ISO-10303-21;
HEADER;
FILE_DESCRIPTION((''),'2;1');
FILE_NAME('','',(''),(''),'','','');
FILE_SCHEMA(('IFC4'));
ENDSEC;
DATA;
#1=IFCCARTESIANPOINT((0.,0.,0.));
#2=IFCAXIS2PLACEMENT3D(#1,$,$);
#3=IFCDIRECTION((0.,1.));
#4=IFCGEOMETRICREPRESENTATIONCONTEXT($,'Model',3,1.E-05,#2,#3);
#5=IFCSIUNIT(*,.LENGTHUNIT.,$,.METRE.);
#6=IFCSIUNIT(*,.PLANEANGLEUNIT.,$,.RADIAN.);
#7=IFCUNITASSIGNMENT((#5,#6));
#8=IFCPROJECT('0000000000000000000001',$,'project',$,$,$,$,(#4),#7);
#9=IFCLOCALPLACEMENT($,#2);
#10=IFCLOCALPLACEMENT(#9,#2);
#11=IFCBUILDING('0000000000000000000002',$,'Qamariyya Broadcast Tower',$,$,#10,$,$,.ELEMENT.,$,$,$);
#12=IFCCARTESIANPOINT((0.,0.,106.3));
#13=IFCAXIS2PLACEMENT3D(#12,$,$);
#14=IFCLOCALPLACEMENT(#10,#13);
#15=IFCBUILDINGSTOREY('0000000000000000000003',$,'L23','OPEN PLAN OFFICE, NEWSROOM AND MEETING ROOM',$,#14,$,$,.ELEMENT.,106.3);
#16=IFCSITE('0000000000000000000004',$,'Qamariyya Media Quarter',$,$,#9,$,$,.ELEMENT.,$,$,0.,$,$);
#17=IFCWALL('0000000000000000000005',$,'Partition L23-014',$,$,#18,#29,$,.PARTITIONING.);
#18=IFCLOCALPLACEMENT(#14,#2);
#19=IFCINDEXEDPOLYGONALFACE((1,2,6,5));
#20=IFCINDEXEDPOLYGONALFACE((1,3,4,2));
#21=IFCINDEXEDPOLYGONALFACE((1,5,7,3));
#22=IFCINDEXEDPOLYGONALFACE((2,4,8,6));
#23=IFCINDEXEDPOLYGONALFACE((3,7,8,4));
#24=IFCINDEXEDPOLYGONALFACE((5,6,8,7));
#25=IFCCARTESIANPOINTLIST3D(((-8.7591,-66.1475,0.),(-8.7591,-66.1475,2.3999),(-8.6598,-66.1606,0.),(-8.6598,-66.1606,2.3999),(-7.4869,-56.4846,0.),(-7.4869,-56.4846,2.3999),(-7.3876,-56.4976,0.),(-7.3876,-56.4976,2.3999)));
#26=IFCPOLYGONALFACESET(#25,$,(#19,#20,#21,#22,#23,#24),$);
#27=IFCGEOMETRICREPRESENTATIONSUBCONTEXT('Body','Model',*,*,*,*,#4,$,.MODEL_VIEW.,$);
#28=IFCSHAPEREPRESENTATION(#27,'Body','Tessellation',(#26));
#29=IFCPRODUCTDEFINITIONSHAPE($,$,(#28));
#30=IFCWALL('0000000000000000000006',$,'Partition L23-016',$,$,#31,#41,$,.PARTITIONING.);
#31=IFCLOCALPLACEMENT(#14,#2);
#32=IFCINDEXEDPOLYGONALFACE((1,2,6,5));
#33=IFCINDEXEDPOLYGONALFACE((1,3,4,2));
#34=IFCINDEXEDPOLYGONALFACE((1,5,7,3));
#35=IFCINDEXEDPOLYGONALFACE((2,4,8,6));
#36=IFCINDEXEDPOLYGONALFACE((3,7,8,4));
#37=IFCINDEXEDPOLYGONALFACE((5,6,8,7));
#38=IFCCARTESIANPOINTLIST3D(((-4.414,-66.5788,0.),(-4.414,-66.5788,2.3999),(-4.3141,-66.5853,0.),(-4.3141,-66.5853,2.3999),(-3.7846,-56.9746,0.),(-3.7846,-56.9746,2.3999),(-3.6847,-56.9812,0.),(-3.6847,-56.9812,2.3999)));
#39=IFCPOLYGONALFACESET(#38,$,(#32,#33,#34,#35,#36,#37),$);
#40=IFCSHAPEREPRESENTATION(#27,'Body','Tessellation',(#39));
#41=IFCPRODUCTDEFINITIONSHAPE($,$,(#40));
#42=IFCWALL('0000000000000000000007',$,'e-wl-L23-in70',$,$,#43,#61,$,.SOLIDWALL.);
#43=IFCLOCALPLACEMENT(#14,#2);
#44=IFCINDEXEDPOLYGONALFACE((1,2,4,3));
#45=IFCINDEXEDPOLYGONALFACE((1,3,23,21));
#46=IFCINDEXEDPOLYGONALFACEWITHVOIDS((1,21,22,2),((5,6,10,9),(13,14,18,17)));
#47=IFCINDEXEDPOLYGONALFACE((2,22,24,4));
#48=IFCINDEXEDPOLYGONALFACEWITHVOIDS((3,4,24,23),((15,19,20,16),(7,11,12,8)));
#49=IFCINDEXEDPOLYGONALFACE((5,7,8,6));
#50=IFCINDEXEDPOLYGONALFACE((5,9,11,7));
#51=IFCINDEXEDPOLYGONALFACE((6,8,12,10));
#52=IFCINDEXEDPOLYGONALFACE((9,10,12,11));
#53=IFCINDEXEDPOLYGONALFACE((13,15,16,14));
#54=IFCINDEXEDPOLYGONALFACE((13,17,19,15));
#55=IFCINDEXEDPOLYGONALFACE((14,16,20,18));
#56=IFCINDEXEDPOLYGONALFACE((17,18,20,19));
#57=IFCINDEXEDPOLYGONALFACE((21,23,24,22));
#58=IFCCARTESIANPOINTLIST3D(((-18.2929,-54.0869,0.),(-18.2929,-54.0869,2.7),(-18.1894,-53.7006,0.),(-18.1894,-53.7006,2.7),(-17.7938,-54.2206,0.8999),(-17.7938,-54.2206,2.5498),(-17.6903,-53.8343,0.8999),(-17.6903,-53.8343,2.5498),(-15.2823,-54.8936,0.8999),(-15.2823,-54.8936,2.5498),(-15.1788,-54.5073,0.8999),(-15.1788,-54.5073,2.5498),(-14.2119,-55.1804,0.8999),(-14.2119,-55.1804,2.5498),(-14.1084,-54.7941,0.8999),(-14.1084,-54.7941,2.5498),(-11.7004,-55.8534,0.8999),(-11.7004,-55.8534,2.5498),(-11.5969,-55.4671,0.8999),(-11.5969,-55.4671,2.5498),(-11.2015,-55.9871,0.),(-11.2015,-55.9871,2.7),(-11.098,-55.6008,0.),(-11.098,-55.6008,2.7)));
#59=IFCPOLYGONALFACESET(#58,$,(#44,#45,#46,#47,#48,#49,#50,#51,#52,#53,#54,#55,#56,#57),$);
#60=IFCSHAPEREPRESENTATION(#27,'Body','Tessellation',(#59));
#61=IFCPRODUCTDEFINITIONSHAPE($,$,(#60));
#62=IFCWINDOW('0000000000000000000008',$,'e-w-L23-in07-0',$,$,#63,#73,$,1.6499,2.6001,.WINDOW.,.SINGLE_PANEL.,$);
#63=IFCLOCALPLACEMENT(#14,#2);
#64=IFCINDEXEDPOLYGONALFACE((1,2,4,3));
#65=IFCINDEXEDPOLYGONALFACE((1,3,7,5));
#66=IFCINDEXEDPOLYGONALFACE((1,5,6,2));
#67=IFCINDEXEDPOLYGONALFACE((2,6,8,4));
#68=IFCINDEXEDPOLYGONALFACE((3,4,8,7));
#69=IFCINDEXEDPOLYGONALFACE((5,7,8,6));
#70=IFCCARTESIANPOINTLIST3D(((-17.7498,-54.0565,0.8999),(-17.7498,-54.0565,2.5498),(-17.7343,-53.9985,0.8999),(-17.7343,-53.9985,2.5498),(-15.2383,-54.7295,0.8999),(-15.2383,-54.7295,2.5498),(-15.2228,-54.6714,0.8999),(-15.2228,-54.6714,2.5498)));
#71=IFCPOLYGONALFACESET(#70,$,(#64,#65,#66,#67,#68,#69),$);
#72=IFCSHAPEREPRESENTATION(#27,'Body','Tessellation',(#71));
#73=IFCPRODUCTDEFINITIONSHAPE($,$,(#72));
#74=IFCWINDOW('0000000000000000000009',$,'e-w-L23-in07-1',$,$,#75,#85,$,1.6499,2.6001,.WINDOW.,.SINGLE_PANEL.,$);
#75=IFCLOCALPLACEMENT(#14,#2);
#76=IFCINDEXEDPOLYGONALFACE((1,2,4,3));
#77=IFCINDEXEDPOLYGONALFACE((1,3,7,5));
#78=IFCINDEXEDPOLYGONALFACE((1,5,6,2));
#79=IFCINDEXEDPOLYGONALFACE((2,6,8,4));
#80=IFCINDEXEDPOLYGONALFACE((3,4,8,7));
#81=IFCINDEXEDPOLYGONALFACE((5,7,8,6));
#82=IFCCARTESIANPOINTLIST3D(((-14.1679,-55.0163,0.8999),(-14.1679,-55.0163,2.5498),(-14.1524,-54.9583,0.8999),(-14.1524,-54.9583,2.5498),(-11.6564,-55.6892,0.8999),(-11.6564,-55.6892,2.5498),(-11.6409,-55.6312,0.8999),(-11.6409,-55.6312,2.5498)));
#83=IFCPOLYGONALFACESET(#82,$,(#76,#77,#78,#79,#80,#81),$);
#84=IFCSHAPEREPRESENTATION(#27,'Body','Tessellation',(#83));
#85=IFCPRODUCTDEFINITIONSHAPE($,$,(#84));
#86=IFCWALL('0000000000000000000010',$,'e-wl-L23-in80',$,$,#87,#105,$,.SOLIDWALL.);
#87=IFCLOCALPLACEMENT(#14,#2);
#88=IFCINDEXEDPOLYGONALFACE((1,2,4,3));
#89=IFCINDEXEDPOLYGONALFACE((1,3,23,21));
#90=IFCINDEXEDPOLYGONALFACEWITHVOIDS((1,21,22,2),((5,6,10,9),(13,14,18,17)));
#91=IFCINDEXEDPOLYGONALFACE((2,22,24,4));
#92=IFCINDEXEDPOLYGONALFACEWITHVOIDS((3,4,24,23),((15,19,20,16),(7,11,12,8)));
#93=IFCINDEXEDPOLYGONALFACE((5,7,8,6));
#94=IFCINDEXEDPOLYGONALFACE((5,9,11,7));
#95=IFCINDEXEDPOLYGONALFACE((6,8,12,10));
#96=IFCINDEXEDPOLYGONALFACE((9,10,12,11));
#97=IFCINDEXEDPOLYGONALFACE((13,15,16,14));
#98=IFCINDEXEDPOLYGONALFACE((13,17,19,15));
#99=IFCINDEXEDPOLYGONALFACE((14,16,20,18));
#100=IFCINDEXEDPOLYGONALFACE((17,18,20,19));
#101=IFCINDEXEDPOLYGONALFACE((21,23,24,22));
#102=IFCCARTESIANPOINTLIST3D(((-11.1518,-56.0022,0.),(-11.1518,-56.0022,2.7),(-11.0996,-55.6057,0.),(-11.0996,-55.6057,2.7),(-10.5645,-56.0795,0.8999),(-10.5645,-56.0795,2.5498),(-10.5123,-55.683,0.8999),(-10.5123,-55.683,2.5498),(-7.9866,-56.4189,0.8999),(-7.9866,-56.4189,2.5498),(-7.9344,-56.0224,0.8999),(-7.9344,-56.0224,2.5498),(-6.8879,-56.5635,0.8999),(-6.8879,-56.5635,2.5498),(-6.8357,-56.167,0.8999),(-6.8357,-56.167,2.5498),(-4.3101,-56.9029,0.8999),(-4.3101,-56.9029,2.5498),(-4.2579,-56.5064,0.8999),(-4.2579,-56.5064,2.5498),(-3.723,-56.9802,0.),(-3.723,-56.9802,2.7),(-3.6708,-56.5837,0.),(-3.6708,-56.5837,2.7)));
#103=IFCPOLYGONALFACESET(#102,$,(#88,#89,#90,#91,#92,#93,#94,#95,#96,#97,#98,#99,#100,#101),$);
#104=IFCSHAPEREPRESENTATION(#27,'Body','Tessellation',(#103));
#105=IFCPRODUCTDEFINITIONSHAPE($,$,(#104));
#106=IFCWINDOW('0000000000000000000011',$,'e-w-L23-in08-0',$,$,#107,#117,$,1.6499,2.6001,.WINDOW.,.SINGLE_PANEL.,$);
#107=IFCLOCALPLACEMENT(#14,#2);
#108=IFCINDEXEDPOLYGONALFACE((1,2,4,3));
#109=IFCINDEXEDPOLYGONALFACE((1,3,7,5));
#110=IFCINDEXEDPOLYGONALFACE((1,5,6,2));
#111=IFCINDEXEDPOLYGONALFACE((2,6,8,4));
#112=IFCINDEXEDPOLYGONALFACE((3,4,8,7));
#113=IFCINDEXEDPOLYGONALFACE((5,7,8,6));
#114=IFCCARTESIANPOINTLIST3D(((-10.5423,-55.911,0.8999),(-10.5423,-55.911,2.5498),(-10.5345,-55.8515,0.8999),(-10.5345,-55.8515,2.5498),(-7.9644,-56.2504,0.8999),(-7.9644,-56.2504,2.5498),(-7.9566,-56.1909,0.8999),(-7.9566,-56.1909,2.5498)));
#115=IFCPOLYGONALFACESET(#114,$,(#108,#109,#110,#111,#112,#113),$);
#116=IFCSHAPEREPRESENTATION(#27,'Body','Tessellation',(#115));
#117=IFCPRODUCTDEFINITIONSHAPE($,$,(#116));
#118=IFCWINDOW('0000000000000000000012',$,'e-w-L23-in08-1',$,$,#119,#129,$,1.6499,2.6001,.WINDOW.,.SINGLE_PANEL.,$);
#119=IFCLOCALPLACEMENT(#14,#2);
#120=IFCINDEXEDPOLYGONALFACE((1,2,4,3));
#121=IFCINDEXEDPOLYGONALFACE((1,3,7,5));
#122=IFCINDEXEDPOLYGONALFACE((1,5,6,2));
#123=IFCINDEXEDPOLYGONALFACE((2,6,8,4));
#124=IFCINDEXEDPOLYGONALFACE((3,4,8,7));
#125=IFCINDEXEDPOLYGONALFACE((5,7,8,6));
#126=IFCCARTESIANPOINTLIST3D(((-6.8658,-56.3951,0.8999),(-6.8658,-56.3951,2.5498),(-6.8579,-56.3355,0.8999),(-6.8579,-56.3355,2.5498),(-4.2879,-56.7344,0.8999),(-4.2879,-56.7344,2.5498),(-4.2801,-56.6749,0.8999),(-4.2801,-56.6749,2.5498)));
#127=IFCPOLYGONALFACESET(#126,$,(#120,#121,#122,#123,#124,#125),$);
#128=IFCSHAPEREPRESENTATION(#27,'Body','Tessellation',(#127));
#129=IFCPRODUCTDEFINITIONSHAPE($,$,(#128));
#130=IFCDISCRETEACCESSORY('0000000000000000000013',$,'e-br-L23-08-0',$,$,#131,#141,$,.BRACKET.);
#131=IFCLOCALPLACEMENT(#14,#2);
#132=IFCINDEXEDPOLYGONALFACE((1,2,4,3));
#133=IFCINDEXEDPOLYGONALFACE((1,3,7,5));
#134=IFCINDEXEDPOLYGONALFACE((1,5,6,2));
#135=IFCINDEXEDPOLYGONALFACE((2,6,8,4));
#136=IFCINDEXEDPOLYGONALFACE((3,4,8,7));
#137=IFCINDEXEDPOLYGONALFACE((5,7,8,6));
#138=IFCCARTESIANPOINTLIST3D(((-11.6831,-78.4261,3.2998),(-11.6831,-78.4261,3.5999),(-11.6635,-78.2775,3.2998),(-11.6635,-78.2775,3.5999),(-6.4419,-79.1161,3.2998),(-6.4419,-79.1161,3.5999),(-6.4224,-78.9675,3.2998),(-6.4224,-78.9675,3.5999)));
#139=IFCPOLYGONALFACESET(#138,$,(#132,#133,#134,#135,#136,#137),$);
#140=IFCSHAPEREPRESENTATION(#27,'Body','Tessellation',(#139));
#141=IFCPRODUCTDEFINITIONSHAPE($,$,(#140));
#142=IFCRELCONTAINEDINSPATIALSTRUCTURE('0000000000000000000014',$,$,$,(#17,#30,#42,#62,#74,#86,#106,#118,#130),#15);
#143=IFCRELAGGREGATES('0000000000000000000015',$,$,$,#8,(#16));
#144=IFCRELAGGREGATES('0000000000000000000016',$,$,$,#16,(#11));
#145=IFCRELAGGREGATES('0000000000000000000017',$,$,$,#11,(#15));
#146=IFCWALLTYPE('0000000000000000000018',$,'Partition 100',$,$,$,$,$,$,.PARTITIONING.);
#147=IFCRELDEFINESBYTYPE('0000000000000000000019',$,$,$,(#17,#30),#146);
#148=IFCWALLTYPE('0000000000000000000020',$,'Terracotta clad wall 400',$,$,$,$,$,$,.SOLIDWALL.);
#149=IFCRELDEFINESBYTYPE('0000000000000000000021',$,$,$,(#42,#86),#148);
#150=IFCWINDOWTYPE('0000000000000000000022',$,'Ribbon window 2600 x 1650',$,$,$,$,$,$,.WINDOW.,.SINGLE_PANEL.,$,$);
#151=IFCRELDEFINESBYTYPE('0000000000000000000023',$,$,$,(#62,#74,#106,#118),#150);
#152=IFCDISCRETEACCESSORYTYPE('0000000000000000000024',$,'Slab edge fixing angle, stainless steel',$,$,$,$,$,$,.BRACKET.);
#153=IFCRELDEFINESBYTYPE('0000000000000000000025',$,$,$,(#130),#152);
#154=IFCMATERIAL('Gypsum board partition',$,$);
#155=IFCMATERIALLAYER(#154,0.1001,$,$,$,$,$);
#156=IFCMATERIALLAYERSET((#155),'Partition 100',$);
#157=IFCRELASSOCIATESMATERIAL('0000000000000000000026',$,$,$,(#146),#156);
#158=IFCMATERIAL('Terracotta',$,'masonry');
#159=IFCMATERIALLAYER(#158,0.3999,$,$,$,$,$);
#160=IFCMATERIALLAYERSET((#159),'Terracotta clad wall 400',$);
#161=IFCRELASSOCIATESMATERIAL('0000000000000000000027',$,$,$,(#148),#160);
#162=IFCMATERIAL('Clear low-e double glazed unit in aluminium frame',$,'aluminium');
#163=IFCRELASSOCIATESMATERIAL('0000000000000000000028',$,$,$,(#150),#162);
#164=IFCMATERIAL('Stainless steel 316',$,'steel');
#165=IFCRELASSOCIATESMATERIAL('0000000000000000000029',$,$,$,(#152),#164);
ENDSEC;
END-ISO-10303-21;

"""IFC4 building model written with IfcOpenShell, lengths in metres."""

from ifc_helpers import new_model, si_unit, direction, frame, frame_2d, origin, origin_2d, place, context, subcontext, project, spatial, rectangle, extrude, material, layer, layer_set, type_object, element, fill, save


model = new_model("IFC4")

# Units and contexts
model_context = context("Model", 3, precision=1e-05, world=origin(), true_north=direction((0.0, 1.0)))
body_context = subcontext(model_context, "Body", "Model", "MODEL_VIEW")
ifc_project = project(units=[si_unit("LENGTHUNIT", "METRE"), si_unit("PLANEANGLEUNIT", "RADIAN")], contexts=[model_context])

# Site, building, storey
site_placement = place(None, origin())
site = spatial("IfcSite", under=ifc_project, at=site_placement, Name="Qamariyya Media Quarter", CompositionType="ELEMENT", RefElevation=0.0)
building_placement = place(site_placement, origin())
building = spatial("IfcBuilding", under=site, at=building_placement, Name="Qamariyya Broadcast Tower", CompositionType="ELEMENT")
storey_placement = place(building_placement, frame((0.0, 0.0, 106.3)))
storey = spatial("IfcBuildingStorey", under=building, at=storey_placement, Name="L23", Description="OPEN PLAN OFFICE, NEWSROOM AND MEETING ROOM", CompositionType="ELEMENT", Elevation=106.3)

# Shared definitions
ifc_material_1 = material(Name="Gypsum board partition")

# Walls
ifc_layer_1 = layer(ifc_material_1, 0.1001)
ifc_layer_set_1 = layer_set([ifc_layer_1], Name="Partition 100")
wall_type_1 = type_object("IfcWallType", Name="Partition 100", PredefinedType="PARTITIONING", material=ifc_layer_set_1)
wall_1_placement = place(storey_placement, frame((-7.4373, -56.4912, 0.0), z_axis=(0.0, 0.0, 1.0), x_axis=(-0.130534, -0.991444, 0.0)))
element("IfcWall", 1, at=wall_1_placement, inside=storey, type_object=wall_type_1, Name="Partition L23-014", PredefinedType="PARTITIONING", context=body_context, shape_type="SweptSolid", body=[
    extrude(rectangle(XDim=9.7463, YDim=0.1001, at=frame_2d((4.873, 0.0))), origin(), (0.0, 0.0, 1.0), 2.3999),
])
wall_2_placement = place(storey_placement, frame((-3.7346, -56.9778, 0.0), z_axis=(0.0, 0.0, 1.0), x_axis=(-0.065393, -0.99786, 0.0)))
element("IfcWall", 2, at=wall_2_placement, inside=storey, type_object=wall_type_1, Name="Partition L23-016", PredefinedType="PARTITIONING", context=body_context, shape_type="SweptSolid", body=[
    extrude(rectangle(XDim=9.6248, YDim=0.1001, at=frame_2d((4.8125, 0.0))), origin(), (0.0, 0.0, 1.0), 2.3999),
])

# Walls, openings, windows
ifc_material_2 = material(Name="Terracotta", Category="masonry")
ifc_layer_2 = layer(ifc_material_2, 0.3999)
ifc_layer_set_2 = layer_set([ifc_layer_2], Name="Terracotta clad wall 400")
wall_type_2 = type_object("IfcWallType", Name="Terracotta clad wall 400", PredefinedType="SOLIDWALL", material=ifc_layer_set_2)
wall_3_placement = place(storey_placement, frame((-11.1497, -55.7939, 0.0), z_axis=(0.0, 0.0, 1.0), x_axis=(-0.965925, 0.258824, 0.0)))
wall_3 = element("IfcWall", 3, at=wall_3_placement, inside=storey, type_object=wall_type_2, Name="e-wl-L23-in70", PredefinedType="SOLIDWALL", context=body_context, shape_type="SweptSolid", body=[
    extrude(rectangle(XDim=7.3416, YDim=0.3999, at=frame_2d((3.6709, 0.0))), origin(), (0.0, 0.0, 1.0), 2.7),
])
opening_1_placement = place(wall_3_placement, frame((4.2249, 0.0, 0.8999)))
opening_1 = element("IfcOpeningElement", 4, at=opening_1_placement, cuts=wall_3, PredefinedType="OPENING", context=body_context, shape_type="SweptSolid", body=[
    extrude(rectangle(XDim=2.6001, YDim=1.6499, at=frame_2d((1.3, 0.825))), frame((0.0, 0.21, 0.0), z_axis=(0.0, -1.0, 0.0), x_axis=(1.0, 0.0, 0.0)), (0.0, 0.0, 1.0), 0.4199),
])
opening_2_placement = place(wall_3_placement, frame((0.5166, 0.0, 0.8999)))
opening_2 = element("IfcOpeningElement", 5, at=opening_2_placement, cuts=wall_3, PredefinedType="OPENING", context=body_context, shape_type="SweptSolid", body=[
    extrude(rectangle(XDim=2.6001, YDim=1.6499, at=frame_2d((1.3, 0.825))), frame((0.0, 0.21, 0.0), z_axis=(0.0, -1.0, 0.0), x_axis=(1.0, 0.0, 0.0)), (0.0, 0.0, 1.0), 0.4199),
])
ifc_material_3 = material(Name="Clear low-e double glazed unit in aluminium frame", Category="aluminium")
window_type = type_object("IfcWindowType", Name="Ribbon window 2600 x 1650", PartitioningType="SINGLE_PANEL", PredefinedType="WINDOW", material=ifc_material_3)
window_1_placement = place(opening_1_placement, origin())
window_1 = element("IfcWindow", 6, at=window_1_placement, inside=storey, type_object=window_type, Name="e-w-L23-in07-0", OverallHeight=1.6499, OverallWidth=2.6001, PartitioningType="SINGLE_PANEL", PredefinedType="WINDOW", context=body_context, shape_type="SweptSolid", body=[
    extrude(rectangle(XDim=2.6001, YDim=1.6499, at=frame_2d((1.3, 0.825))), frame((0.0, 0.03, 0.0), z_axis=(0.0, -1.0, 0.0), x_axis=(1.0, 0.0, 0.0)), (0.0, 0.0, 1.0), 0.0601),
])
fill(opening_1, window_1)
window_2_placement = place(opening_2_placement, origin())
window_2 = element("IfcWindow", 7, at=window_2_placement, inside=storey, type_object=window_type, Name="e-w-L23-in07-1", OverallHeight=1.6499, OverallWidth=2.6001, PartitioningType="SINGLE_PANEL", PredefinedType="WINDOW", context=body_context, shape_type="SweptSolid", body=[
    extrude(rectangle(XDim=2.6001, YDim=1.6499, at=frame_2d((1.3, 0.825))), frame((0.0, 0.03, 0.0), z_axis=(0.0, -1.0, 0.0), x_axis=(1.0, 0.0, 0.0)), (0.0, 0.0, 1.0), 0.0601),
])
fill(opening_2, window_2)
wall_4_placement = place(storey_placement, frame((-3.6968, -56.782, 0.0), z_axis=(0.0, 0.0, 1.0), x_axis=(-0.991445, 0.130529, 0.0)))
wall_4 = element("IfcWall", 8, at=wall_4_placement, inside=storey, type_object=wall_type_2, Name="e-wl-L23-in80", PredefinedType="SOLIDWALL", context=body_context, shape_type="SweptSolid", body=[
    extrude(rectangle(XDim=7.4929, YDim=0.3999, at=frame_2d((3.7466, 0.0))), origin(), (0.0, 0.0, 1.0), 2.7),
])
opening_3_placement = place(wall_4_placement, frame((4.3005, 0.0, 0.8999)))
opening_3 = element("IfcOpeningElement", 9, at=opening_3_placement, cuts=wall_4, PredefinedType="OPENING", context=body_context, shape_type="SweptSolid", body=[
    extrude(rectangle(XDim=2.6001, YDim=1.6499, at=frame_2d((1.3, 0.825))), frame((0.0, 0.21, 0.0), z_axis=(0.0, -1.0, 0.0), x_axis=(1.0, 0.0, 0.0)), (0.0, 0.0, 1.0), 0.4199),
])
opening_4_placement = place(wall_4_placement, frame((0.5923, 0.0, 0.8999)))
opening_4 = element("IfcOpeningElement", 10, at=opening_4_placement, cuts=wall_4, PredefinedType="OPENING", context=body_context, shape_type="SweptSolid", body=[
    extrude(rectangle(XDim=2.6001, YDim=1.6499, at=frame_2d((1.3, 0.825))), frame((0.0, 0.21, 0.0), z_axis=(0.0, -1.0, 0.0), x_axis=(1.0, 0.0, 0.0)), (0.0, 0.0, 1.0), 0.4199),
])
window_3_placement = place(opening_3_placement, origin())
window_3 = element("IfcWindow", 11, at=window_3_placement, inside=storey, type_object=window_type, Name="e-w-L23-in08-0", OverallHeight=1.6499, OverallWidth=2.6001, PartitioningType="SINGLE_PANEL", PredefinedType="WINDOW", context=body_context, shape_type="SweptSolid", body=[
    extrude(rectangle(XDim=2.6001, YDim=1.6499, at=frame_2d((1.3, 0.825))), frame((0.0, 0.03, 0.0), z_axis=(0.0, -1.0, 0.0), x_axis=(1.0, 0.0, 0.0)), (0.0, 0.0, 1.0), 0.0601),
])
fill(opening_3, window_3)
window_4_placement = place(opening_4_placement, origin())
window_4 = element("IfcWindow", 12, at=window_4_placement, inside=storey, type_object=window_type, Name="e-w-L23-in08-1", OverallHeight=1.6499, OverallWidth=2.6001, PartitioningType="SINGLE_PANEL", PredefinedType="WINDOW", context=body_context, shape_type="SweptSolid", body=[
    extrude(rectangle(XDim=2.6001, YDim=1.6499, at=frame_2d((1.3, 0.825))), frame((0.0, 0.03, 0.0), z_axis=(0.0, -1.0, 0.0), x_axis=(1.0, 0.0, 0.0)), (0.0, 0.0, 1.0), 0.0601),
])
fill(opening_4, window_4)

# Discrete accessory
ifc_material_4 = material(Name="Stainless steel 316", Category="steel")
discrete_accessory_type = type_object("IfcDiscreteAccessoryType", Name="Slab edge fixing angle, stainless steel", PredefinedType="BRACKET", material=ifc_material_4)
discrete_accessory_placement = place(storey_placement, frame((-9.0527, -78.6968, 3.2998), z_axis=(0.0, 0.0, 1.0), x_axis=(0.991445, -0.130526, 0.0)))
element("IfcDiscreteAccessory", 13, at=discrete_accessory_placement, inside=storey, type_object=discrete_accessory_type, Name="e-br-L23-08-0", PredefinedType="BRACKET", context=body_context, shape_type="SweptSolid", body=[
    extrude(rectangle(XDim=5.2864, YDim=0.1499, at=origin_2d()), origin(), (0.0, 0.0, 1.0), 0.3),
])

save(model, "model.ifc")
